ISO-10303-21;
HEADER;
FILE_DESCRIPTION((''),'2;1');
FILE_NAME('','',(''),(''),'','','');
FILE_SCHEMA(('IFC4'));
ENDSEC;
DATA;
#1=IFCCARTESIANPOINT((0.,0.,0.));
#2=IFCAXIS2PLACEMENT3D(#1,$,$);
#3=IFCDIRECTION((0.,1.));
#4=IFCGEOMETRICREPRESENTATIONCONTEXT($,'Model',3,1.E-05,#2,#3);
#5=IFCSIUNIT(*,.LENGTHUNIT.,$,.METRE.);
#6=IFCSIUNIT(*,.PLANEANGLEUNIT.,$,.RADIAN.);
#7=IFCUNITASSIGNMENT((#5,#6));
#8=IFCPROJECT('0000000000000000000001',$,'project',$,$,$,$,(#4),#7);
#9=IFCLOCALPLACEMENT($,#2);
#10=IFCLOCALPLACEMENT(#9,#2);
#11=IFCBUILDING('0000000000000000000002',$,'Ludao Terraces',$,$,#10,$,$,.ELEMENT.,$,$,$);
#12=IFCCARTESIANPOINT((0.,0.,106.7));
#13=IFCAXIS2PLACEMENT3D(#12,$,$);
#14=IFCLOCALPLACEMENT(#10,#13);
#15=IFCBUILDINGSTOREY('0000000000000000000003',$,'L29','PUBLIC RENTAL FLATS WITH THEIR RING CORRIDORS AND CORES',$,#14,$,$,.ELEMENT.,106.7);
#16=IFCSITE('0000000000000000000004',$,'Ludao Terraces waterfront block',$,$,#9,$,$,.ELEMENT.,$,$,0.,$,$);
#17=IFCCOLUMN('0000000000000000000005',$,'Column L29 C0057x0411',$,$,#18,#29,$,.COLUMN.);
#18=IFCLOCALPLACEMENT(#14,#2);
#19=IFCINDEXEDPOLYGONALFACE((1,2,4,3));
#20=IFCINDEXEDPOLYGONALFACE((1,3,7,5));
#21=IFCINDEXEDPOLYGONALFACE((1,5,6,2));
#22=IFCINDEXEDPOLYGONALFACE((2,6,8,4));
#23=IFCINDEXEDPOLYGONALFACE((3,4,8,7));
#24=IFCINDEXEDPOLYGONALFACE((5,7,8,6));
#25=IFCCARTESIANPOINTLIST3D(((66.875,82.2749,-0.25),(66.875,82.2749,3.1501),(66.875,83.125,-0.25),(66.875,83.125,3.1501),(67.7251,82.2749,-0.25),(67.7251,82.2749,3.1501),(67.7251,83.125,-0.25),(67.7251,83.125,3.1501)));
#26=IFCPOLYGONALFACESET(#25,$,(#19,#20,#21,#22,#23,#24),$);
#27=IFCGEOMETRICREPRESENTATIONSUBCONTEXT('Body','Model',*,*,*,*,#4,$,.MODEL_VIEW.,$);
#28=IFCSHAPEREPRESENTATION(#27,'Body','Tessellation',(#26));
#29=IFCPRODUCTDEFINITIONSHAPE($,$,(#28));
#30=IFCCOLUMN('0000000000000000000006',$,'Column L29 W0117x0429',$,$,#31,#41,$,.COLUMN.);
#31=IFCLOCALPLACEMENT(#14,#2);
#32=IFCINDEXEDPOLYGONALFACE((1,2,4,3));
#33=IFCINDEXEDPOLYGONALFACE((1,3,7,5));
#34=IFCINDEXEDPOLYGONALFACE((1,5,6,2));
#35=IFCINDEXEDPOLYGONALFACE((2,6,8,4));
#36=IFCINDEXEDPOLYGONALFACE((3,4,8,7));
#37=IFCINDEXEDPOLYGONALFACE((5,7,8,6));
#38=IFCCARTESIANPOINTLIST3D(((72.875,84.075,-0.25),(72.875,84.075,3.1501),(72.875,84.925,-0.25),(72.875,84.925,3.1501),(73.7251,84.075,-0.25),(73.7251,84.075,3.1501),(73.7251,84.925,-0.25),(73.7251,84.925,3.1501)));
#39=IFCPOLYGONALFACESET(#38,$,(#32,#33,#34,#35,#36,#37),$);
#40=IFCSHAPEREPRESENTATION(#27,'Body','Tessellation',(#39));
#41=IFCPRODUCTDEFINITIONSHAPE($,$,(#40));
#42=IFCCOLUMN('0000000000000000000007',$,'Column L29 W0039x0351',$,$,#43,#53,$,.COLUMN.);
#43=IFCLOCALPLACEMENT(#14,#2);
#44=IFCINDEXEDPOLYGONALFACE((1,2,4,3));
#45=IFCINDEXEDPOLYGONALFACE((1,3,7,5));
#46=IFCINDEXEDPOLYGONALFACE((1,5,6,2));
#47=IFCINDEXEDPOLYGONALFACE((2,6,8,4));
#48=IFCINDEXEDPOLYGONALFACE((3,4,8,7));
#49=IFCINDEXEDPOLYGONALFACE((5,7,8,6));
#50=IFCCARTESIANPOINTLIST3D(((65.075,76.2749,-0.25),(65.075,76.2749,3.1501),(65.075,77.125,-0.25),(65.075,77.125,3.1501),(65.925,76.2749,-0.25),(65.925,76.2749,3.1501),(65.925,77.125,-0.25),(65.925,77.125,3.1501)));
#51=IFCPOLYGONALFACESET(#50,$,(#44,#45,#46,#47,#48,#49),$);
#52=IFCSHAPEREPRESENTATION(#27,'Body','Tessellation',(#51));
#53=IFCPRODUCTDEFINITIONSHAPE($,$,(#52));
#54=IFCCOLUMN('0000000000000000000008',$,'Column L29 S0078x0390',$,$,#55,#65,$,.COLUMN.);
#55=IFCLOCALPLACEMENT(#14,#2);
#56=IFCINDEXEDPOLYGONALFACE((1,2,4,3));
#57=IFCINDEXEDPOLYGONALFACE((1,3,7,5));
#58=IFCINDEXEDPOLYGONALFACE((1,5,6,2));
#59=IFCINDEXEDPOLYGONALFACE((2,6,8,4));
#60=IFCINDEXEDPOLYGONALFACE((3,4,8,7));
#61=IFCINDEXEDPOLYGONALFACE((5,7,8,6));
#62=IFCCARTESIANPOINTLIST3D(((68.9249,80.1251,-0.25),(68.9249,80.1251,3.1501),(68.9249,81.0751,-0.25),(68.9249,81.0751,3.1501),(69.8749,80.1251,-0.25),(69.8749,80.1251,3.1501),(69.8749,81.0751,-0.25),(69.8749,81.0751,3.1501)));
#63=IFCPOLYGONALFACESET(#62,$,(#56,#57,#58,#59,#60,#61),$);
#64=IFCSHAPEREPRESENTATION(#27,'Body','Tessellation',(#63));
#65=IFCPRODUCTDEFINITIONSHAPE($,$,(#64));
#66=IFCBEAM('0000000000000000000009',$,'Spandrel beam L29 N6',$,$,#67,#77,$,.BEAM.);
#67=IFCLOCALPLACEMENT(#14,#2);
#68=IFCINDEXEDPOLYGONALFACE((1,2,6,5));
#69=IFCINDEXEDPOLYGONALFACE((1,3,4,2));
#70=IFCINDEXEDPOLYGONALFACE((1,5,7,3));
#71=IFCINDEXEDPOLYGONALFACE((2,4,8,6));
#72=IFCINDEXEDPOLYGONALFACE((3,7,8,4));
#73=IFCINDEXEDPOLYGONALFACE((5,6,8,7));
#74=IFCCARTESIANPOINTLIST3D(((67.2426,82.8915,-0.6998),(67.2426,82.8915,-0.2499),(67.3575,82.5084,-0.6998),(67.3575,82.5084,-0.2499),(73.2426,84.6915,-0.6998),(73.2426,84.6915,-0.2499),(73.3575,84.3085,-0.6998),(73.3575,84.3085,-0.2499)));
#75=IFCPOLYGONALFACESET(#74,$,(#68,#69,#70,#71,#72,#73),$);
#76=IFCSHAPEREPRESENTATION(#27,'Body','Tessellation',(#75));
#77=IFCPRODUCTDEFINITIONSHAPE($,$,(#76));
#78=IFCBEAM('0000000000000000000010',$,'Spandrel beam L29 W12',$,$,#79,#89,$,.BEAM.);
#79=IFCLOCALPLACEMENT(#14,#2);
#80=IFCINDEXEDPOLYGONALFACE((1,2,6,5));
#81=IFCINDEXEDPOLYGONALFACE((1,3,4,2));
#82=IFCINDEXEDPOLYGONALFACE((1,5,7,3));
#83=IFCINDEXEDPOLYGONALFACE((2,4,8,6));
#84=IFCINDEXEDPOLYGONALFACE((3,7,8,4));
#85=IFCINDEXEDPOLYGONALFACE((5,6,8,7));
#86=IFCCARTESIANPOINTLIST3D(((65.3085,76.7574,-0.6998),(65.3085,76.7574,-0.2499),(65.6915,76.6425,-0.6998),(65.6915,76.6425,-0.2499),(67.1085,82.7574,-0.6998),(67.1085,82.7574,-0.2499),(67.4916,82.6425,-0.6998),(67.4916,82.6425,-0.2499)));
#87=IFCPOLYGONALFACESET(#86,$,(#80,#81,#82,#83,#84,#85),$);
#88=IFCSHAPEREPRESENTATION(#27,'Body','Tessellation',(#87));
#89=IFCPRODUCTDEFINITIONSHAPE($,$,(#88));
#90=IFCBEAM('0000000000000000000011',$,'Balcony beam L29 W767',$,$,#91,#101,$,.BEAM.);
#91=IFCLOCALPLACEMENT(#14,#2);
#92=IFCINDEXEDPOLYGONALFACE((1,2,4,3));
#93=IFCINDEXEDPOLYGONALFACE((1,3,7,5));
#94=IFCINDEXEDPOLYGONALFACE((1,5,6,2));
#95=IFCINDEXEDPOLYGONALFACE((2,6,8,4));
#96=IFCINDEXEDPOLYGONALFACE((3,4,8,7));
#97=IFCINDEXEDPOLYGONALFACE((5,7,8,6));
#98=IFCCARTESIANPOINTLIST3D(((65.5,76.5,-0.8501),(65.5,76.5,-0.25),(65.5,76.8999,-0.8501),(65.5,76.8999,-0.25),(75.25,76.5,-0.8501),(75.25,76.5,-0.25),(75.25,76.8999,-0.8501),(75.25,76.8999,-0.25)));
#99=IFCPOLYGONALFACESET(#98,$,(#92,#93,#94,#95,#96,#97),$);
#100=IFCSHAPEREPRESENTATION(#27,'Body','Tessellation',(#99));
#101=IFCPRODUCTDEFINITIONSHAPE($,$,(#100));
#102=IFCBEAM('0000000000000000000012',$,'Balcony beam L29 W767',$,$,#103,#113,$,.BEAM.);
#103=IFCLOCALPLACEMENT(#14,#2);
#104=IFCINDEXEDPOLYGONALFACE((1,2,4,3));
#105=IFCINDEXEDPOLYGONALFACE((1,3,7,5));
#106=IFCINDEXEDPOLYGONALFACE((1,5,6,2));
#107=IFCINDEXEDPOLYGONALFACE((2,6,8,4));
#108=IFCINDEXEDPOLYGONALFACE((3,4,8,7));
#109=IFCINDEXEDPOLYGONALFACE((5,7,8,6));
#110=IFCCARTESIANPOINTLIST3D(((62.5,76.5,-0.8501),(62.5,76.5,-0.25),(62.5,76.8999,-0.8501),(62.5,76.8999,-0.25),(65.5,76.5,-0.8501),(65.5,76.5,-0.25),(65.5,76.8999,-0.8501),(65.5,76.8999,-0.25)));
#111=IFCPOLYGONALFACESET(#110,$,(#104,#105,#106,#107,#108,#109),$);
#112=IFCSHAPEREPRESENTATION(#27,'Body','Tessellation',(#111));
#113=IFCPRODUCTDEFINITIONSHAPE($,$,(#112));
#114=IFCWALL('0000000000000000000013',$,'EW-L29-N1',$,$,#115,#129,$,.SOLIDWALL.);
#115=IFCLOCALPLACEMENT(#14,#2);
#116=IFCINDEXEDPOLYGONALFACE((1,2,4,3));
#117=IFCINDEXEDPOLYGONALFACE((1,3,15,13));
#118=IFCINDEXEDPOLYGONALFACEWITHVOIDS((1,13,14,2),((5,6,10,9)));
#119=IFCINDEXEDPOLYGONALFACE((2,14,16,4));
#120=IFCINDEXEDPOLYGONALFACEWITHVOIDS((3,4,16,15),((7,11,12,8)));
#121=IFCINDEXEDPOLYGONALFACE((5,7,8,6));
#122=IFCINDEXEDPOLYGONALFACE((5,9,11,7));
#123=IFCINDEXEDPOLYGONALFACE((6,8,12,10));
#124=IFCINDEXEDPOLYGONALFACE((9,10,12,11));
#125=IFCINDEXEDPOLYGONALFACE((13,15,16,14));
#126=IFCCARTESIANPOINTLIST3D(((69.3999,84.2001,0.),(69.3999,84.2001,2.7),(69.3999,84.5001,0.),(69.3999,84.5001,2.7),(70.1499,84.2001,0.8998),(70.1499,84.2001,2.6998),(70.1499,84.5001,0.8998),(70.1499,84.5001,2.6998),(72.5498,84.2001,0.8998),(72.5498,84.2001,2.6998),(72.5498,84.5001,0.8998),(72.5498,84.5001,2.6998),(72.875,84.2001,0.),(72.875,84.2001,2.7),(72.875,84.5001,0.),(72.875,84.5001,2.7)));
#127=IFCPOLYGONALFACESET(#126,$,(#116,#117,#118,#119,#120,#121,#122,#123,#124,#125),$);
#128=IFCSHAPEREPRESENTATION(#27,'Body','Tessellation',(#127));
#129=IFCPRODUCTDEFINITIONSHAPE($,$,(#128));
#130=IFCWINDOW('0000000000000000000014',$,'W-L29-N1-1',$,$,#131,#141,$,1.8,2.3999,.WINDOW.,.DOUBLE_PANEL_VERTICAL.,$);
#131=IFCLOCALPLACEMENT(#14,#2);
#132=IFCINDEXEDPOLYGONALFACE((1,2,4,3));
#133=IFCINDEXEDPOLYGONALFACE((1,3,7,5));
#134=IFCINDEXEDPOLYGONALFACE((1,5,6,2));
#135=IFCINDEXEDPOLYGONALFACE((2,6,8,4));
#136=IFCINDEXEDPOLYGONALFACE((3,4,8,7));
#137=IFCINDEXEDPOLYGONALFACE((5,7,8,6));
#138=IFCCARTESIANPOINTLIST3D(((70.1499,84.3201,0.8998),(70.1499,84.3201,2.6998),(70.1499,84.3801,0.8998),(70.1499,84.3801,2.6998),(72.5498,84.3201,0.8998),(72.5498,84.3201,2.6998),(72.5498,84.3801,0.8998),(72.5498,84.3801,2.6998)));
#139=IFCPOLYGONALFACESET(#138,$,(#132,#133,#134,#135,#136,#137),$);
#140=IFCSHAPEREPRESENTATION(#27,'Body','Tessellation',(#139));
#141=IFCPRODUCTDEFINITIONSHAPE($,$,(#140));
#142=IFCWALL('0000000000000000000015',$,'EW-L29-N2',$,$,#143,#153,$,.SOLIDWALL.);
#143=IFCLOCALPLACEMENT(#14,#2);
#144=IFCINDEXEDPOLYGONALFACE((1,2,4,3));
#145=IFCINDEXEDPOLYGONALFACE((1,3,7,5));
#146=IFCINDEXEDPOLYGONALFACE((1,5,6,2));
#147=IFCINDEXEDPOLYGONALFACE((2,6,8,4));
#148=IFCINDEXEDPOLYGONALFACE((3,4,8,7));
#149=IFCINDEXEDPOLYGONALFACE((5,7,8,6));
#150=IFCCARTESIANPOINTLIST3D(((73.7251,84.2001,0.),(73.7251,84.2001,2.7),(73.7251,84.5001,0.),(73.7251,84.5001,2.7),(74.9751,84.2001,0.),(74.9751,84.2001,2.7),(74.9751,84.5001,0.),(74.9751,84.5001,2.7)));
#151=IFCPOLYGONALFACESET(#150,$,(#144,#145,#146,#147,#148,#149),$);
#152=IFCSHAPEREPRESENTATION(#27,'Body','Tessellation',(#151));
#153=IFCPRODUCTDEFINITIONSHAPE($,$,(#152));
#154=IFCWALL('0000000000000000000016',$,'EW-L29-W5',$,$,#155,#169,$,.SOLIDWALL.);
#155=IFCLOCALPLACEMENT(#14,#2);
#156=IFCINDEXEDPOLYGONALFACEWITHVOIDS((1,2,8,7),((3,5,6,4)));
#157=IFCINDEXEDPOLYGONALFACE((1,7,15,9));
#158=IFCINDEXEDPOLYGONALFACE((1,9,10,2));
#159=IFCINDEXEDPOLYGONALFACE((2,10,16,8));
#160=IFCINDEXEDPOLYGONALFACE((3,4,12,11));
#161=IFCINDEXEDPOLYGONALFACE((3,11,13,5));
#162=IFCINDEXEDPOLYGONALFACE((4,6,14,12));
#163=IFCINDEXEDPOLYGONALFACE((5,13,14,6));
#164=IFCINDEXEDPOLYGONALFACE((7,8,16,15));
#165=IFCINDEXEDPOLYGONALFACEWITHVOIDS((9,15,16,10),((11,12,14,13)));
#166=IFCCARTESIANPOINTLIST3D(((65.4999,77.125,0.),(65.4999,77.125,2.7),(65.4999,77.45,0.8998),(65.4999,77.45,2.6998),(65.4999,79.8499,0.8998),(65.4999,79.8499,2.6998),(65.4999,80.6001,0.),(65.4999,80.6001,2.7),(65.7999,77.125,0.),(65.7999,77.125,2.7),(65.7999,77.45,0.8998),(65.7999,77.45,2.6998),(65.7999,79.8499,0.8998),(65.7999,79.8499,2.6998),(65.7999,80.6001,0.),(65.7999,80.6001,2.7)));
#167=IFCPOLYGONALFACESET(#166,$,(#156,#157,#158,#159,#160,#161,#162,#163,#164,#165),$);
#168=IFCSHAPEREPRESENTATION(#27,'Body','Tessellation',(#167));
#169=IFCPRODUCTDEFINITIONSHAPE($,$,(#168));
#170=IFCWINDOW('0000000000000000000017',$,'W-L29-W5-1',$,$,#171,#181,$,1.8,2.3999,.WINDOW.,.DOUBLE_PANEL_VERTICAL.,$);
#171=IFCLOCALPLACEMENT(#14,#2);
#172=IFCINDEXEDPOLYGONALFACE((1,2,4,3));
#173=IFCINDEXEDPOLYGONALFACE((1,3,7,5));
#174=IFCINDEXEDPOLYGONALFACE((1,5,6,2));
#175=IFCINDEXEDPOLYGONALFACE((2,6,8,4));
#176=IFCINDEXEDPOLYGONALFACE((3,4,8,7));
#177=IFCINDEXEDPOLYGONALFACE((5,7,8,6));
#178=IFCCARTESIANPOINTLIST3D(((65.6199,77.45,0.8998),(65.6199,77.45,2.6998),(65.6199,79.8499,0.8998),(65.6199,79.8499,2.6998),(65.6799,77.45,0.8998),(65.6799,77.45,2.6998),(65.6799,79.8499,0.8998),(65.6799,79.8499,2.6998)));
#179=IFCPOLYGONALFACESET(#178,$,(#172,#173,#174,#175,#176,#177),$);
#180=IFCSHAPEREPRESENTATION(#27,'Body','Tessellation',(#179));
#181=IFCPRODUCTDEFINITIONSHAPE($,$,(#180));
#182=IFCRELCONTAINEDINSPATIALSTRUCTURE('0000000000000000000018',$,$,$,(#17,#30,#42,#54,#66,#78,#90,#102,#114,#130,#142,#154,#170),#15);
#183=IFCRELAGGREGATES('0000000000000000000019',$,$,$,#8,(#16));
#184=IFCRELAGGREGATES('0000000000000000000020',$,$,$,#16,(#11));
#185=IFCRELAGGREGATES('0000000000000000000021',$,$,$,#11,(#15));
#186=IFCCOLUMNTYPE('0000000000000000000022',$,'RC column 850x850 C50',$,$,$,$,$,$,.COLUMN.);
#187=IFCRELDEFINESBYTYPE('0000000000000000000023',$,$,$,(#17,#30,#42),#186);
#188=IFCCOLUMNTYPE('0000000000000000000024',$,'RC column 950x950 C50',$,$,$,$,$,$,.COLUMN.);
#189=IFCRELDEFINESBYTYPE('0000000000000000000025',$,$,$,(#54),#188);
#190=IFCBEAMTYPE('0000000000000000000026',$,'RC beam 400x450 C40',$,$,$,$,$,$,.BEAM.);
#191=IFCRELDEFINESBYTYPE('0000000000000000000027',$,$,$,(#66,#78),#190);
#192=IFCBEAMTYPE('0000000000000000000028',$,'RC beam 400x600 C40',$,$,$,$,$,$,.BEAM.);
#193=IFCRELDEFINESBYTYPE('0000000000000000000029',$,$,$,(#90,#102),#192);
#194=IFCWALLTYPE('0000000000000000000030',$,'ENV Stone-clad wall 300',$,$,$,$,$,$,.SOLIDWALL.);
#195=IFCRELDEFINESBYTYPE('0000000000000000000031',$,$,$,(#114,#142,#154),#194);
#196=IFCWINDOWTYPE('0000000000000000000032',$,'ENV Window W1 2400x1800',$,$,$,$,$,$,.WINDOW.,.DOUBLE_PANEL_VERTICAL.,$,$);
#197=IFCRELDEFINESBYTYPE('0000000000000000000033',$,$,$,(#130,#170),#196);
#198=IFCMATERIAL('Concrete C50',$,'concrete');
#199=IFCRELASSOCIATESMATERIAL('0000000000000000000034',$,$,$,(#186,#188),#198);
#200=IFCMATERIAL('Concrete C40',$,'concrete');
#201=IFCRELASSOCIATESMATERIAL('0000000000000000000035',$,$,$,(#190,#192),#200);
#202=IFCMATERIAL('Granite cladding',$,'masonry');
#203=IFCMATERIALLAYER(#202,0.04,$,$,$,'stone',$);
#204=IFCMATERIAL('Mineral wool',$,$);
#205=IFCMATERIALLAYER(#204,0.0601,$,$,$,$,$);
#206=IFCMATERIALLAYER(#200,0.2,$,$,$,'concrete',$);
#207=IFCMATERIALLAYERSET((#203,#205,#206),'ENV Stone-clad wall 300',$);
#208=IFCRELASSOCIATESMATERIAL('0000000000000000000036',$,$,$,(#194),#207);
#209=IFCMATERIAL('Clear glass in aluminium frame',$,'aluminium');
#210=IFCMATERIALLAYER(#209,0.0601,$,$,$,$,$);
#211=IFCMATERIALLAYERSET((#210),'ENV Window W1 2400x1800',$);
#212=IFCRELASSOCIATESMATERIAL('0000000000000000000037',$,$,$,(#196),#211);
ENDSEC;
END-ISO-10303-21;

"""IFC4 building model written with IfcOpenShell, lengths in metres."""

from ifc_helpers import new_model, si_unit, direction, frame, frame_2d, origin, origin_2d, place, context, subcontext, project, spatial, rectangle, extrude, material, layer, layer_set, material_profile, profile_set, type_object, element, fill, save


model = new_model("IFC4")

# Units and contexts
model_context = context("Model", 3, precision=1e-05, world=origin(), true_north=direction((0.0, 1.0)))
body_context = subcontext(model_context, "Body", "Model", "MODEL_VIEW")
ifc_project = project(units=[si_unit("LENGTHUNIT", "METRE"), si_unit("PLANEANGLEUNIT", "RADIAN")], contexts=[model_context])

# Site, building, storey
site_placement = place(None, origin())
site = spatial("IfcSite", under=ifc_project, at=site_placement, Name="Ludao Terraces waterfront block", CompositionType="ELEMENT", RefElevation=0.0)
building_placement = place(site_placement, origin())
building = spatial("IfcBuilding", under=site, at=building_placement, Name="Ludao Terraces", CompositionType="ELEMENT")
storey_placement = place(building_placement, frame((0.0, 0.0, 106.7)))
storey = spatial("IfcBuildingStorey", under=building, at=storey_placement, Name="L29", Description="PUBLIC RENTAL FLATS WITH THEIR RING CORRIDORS AND CORES", CompositionType="ELEMENT", Elevation=106.7)

# Columns
ifc_material_1 = material(Name="Concrete C50", Category="concrete")
ifc_material_profile_1 = material_profile(ifc_material_1, rectangle(XDim=0.8501, YDim=0.8501, at=origin_2d()), Name="850 X 850")
ifc_profile_set_1 = profile_set([ifc_material_profile_1], Name="Concrete C50")
column_type_1 = type_object("IfcColumnType", Name="RC column 850x850 C50", PredefinedType="COLUMN", material=ifc_profile_set_1)
for number, where, z_axis, x_axis, name in (
    (1, (67.3, 82.7, -0.25), (0.0, 0.0, 1.0), (1.0, 0.0, 0.0), "Column L29 C0057x0411"),
    (2, (73.3, 84.5, -0.25), (0.0, 0.0, 1.0), (1.0, 0.0, 0.0), "Column L29 W0117x0429"),
    (3, (65.5, 76.7, -0.25), (0.0, 0.0, 1.0), (1.0, 0.0, 0.0), "Column L29 W0039x0351"),
):
    element("IfcColumn", number, at=place(storey_placement, frame(where, z_axis=z_axis, x_axis=x_axis)), inside=storey, type_object=column_type_1, Name=name, PredefinedType="COLUMN", context=body_context, shape_type="SweptSolid", body=[
        extrude(rectangle(XDim=0.8501, YDim=0.8501, at=origin_2d()), origin(), (0.0, 0.0, 1.0), 3.4001),
    ])
ifc_material_profile_2 = material_profile(ifc_material_1, rectangle(XDim=0.95, YDim=0.95, at=origin_2d()), Name="950 X 950")
ifc_profile_set_2 = profile_set([ifc_material_profile_2], Name="Concrete C50")
column_type_2 = type_object("IfcColumnType", Name="RC column 950x950 C50", PredefinedType="COLUMN", material=ifc_profile_set_2)
column_placement = place(storey_placement, frame((69.3999, 80.6001, -0.25), z_axis=(0.0, 0.0, 1.0), x_axis=(1.0, 0.0, 0.0)))
element("IfcColumn", 4, at=column_placement, inside=storey, type_object=column_type_2, Name="Column L29 S0078x0390", PredefinedType="COLUMN", context=body_context, shape_type="SweptSolid", body=[
    extrude(rectangle(XDim=0.95, YDim=0.95, at=origin_2d()), origin(), (0.0, 0.0, 1.0), 3.4001),
])

# Beams
ifc_material_2 = material(Name="Concrete C40", Category="concrete")
ifc_material_profile_3 = material_profile(ifc_material_2, rectangle(XDim=0.3999, YDim=0.45, at=origin_2d()), Name="400 X 450")
ifc_profile_set_3 = profile_set([ifc_material_profile_3], Name="Concrete C40")
beam_type_1 = type_object("IfcBeamType", Name="RC beam 400x450 C40", PredefinedType="BEAM", material=ifc_profile_set_3)
for number, where, z_axis, x_axis, name in (
    (5, (67.3, 82.7, -0.4749), (0.957824, 0.287355, 0.0), (-0.287355, 0.957824, 0.0), "Spandrel beam L29 N6"),
    (6, (65.5, 76.7, -0.4749), (0.287355, 0.957824, 0.0), (-0.957824, 0.287355, 0.0), "Spandrel beam L29 W12"),
):
    element("IfcBeam", number, at=place(storey_placement, frame(where, z_axis=z_axis, x_axis=x_axis)), inside=storey, type_object=beam_type_1, Name=name, PredefinedType="BEAM", context=body_context, shape_type="SweptSolid", body=[
        extrude(rectangle(XDim=0.3999, YDim=0.45, at=origin_2d()), origin(), (0.0, 0.0, 1.0), 6.2642),
    ])
ifc_material_profile_4 = material_profile(ifc_material_2, rectangle(XDim=0.3999, YDim=0.6001, at=origin_2d()), Name="400 X 600")
ifc_profile_set_4 = profile_set([ifc_material_profile_4], Name="Concrete C40")
beam_type_2 = type_object("IfcBeamType", Name="RC beam 400x600 C40", PredefinedType="BEAM", material=ifc_profile_set_4)
beam_1_placement = place(storey_placement, frame((75.25, 76.7, -0.55), z_axis=(-1.0, 0.0, 0.0), x_axis=(0.0, -1.0, 0.0)))
element("IfcBeam", 7, at=beam_1_placement, inside=storey, type_object=beam_type_2, Name="Balcony beam L29 W767", PredefinedType="BEAM", context=body_context, shape_type="SweptSolid", body=[
    extrude(rectangle(XDim=0.3999, YDim=0.6001, at=origin_2d()), origin(), (0.0, 0.0, 1.0), 9.75),
])
beam_2_placement = place(storey_placement, frame((65.5, 76.7, -0.55), z_axis=(-1.0, 0.0, 0.0), x_axis=(0.0, -1.0, 0.0)))
element("IfcBeam", 8, at=beam_2_placement, inside=storey, type_object=beam_type_2, Name="Balcony beam L29 W767", PredefinedType="BEAM", context=body_context, shape_type="SweptSolid", body=[
    extrude(rectangle(XDim=0.3999, YDim=0.6001, at=origin_2d()), origin(), (0.0, 0.0, 1.0), 3.0),
])

# Wall, opening, window
ifc_material_3 = material(Name="Granite cladding", Category="masonry")
ifc_layer_1 = layer(ifc_material_3, 0.04, Category="stone")
ifc_material_4 = material(Name="Mineral wool")
ifc_layer_2 = layer(ifc_material_4, 0.0601)
ifc_layer_3 = layer(ifc_material_2, 0.2, Category="concrete")
ifc_layer_set_1 = layer_set([ifc_layer_1, ifc_layer_2, ifc_layer_3], Name="ENV Stone-clad wall 300")
wall_type_1 = type_object("IfcWallType", Name="ENV Stone-clad wall 300", PredefinedType="SOLIDWALL", material=ifc_layer_set_1)
wall_1_placement = place(storey_placement, frame((69.3999, 84.3501, 0.0), z_axis=(0.0, 0.0, 1.0), x_axis=(1.0, 0.0, 0.0)))
wall_1 = element("IfcWall", 9, at=wall_1_placement, inside=storey, type_object=wall_type_1, Name="EW-L29-N1", PredefinedType="SOLIDWALL", context=body_context, shape_type="SweptSolid", body=[
    extrude(rectangle(XDim=3.4751, YDim=0.3, at=frame_2d((1.7375, 0.0))), origin(), (0.0, 0.0, 1.0), 2.7),
])
opening_1_placement = place(wall_1_placement, frame((0.75, 0.0, 0.8999)))
opening_1 = element("IfcOpeningElement", 10, at=opening_1_placement, cuts=wall_1, PredefinedType="OPENING", context=body_context, shape_type="SweptSolid", body=[
    extrude(rectangle(XDim=2.3999, YDim=1.8, at=frame_2d((1.2, 0.8999))), frame((0.0, 0.1602, 0.0), z_axis=(0.0, -1.0, 0.0), x_axis=(1.0, 0.0, 0.0)), (0.0, 0.0, 1.0), 0.3201),
])
ifc_material_5 = material(Name="Clear glass in aluminium frame", Category="aluminium")
ifc_layer_4 = layer(ifc_material_5, 0.0601)
ifc_layer_set_2 = layer_set([ifc_layer_4], Name="ENV Window W1 2400x1800")
window_type_1 = type_object("IfcWindowType", Name="ENV Window W1 2400x1800", PartitioningType="DOUBLE_PANEL_VERTICAL", PredefinedType="WINDOW", material=ifc_layer_set_2)
window_1_placement = place(opening_1_placement, origin())
window_1 = element("IfcWindow", 11, at=window_1_placement, inside=storey, type_object=window_type_1, Name="W-L29-N1-1", OverallHeight=1.8, OverallWidth=2.3999, PartitioningType="DOUBLE_PANEL_VERTICAL", PredefinedType="WINDOW", context=body_context, shape_type="SweptSolid", body=[
    extrude(rectangle(XDim=2.3999, YDim=1.8, at=frame_2d((1.2, 0.8999))), frame((0.0, 0.03, 0.0), z_axis=(0.0, -1.0, 0.0), x_axis=(1.0, 0.0, 0.0)), (0.0, 0.0, 1.0), 0.0601),
])
fill(opening_1, window_1)

# Wall
wall_2_placement = place(storey_placement, frame((73.7251, 84.3501, 0.0), z_axis=(0.0, 0.0, 1.0), x_axis=(1.0, 0.0, 0.0)))
element("IfcWall", 12, at=wall_2_placement, inside=storey, type_object=wall_type_1, Name="EW-L29-N2", PredefinedType="SOLIDWALL", context=body_context, shape_type="SweptSolid", body=[
    extrude(rectangle(XDim=1.25, YDim=0.3, at=frame_2d((0.625, 0.0))), origin(), (0.0, 0.0, 1.0), 2.7),
])

# Wall, opening, window
wall_3_placement = place(storey_placement, frame((65.6499, 77.125, 0.0), z_axis=(0.0, 0.0, 1.0), x_axis=(0.0, 1.0, 0.0)))
wall_3 = element("IfcWall", 13, at=wall_3_placement, inside=storey, type_object=wall_type_1, Name="EW-L29-W5", PredefinedType="SOLIDWALL", context=body_context, shape_type="SweptSolid", body=[
    extrude(rectangle(XDim=3.4751, YDim=0.3, at=frame_2d((1.7375, 0.0))), origin(), (0.0, 0.0, 1.0), 2.7),
])
opening_2_placement = place(wall_3_placement, frame((0.325, 0.0, 0.8999)))
opening_2 = element("IfcOpeningElement", 14, at=opening_2_placement, cuts=wall_3, PredefinedType="OPENING", context=body_context, shape_type="SweptSolid", body=[
    extrude(rectangle(XDim=2.3999, YDim=1.8, at=frame_2d((1.2, 0.8999))), frame((0.0, 0.1602, 0.0), z_axis=(0.0, -1.0, 0.0), x_axis=(1.0, 0.0, 0.0)), (0.0, 0.0, 1.0), 0.3201),
])
window_2_placement = place(opening_2_placement, origin())
window_2 = element("IfcWindow", 15, at=window_2_placement, inside=storey, type_object=window_type_1, Name="W-L29-W5-1", OverallHeight=1.8, OverallWidth=2.3999, PartitioningType="DOUBLE_PANEL_VERTICAL", PredefinedType="WINDOW", context=body_context, shape_type="SweptSolid", body=[
    extrude(rectangle(XDim=2.3999, YDim=1.8, at=frame_2d((1.2, 0.8999))), frame((0.0, 0.03, 0.0), z_axis=(0.0, -1.0, 0.0), x_axis=(1.0, 0.0, 0.0)), (0.0, 0.0, 1.0), 0.0601),
])
fill(opening_2, window_2)

save(model, "model.ifc")
